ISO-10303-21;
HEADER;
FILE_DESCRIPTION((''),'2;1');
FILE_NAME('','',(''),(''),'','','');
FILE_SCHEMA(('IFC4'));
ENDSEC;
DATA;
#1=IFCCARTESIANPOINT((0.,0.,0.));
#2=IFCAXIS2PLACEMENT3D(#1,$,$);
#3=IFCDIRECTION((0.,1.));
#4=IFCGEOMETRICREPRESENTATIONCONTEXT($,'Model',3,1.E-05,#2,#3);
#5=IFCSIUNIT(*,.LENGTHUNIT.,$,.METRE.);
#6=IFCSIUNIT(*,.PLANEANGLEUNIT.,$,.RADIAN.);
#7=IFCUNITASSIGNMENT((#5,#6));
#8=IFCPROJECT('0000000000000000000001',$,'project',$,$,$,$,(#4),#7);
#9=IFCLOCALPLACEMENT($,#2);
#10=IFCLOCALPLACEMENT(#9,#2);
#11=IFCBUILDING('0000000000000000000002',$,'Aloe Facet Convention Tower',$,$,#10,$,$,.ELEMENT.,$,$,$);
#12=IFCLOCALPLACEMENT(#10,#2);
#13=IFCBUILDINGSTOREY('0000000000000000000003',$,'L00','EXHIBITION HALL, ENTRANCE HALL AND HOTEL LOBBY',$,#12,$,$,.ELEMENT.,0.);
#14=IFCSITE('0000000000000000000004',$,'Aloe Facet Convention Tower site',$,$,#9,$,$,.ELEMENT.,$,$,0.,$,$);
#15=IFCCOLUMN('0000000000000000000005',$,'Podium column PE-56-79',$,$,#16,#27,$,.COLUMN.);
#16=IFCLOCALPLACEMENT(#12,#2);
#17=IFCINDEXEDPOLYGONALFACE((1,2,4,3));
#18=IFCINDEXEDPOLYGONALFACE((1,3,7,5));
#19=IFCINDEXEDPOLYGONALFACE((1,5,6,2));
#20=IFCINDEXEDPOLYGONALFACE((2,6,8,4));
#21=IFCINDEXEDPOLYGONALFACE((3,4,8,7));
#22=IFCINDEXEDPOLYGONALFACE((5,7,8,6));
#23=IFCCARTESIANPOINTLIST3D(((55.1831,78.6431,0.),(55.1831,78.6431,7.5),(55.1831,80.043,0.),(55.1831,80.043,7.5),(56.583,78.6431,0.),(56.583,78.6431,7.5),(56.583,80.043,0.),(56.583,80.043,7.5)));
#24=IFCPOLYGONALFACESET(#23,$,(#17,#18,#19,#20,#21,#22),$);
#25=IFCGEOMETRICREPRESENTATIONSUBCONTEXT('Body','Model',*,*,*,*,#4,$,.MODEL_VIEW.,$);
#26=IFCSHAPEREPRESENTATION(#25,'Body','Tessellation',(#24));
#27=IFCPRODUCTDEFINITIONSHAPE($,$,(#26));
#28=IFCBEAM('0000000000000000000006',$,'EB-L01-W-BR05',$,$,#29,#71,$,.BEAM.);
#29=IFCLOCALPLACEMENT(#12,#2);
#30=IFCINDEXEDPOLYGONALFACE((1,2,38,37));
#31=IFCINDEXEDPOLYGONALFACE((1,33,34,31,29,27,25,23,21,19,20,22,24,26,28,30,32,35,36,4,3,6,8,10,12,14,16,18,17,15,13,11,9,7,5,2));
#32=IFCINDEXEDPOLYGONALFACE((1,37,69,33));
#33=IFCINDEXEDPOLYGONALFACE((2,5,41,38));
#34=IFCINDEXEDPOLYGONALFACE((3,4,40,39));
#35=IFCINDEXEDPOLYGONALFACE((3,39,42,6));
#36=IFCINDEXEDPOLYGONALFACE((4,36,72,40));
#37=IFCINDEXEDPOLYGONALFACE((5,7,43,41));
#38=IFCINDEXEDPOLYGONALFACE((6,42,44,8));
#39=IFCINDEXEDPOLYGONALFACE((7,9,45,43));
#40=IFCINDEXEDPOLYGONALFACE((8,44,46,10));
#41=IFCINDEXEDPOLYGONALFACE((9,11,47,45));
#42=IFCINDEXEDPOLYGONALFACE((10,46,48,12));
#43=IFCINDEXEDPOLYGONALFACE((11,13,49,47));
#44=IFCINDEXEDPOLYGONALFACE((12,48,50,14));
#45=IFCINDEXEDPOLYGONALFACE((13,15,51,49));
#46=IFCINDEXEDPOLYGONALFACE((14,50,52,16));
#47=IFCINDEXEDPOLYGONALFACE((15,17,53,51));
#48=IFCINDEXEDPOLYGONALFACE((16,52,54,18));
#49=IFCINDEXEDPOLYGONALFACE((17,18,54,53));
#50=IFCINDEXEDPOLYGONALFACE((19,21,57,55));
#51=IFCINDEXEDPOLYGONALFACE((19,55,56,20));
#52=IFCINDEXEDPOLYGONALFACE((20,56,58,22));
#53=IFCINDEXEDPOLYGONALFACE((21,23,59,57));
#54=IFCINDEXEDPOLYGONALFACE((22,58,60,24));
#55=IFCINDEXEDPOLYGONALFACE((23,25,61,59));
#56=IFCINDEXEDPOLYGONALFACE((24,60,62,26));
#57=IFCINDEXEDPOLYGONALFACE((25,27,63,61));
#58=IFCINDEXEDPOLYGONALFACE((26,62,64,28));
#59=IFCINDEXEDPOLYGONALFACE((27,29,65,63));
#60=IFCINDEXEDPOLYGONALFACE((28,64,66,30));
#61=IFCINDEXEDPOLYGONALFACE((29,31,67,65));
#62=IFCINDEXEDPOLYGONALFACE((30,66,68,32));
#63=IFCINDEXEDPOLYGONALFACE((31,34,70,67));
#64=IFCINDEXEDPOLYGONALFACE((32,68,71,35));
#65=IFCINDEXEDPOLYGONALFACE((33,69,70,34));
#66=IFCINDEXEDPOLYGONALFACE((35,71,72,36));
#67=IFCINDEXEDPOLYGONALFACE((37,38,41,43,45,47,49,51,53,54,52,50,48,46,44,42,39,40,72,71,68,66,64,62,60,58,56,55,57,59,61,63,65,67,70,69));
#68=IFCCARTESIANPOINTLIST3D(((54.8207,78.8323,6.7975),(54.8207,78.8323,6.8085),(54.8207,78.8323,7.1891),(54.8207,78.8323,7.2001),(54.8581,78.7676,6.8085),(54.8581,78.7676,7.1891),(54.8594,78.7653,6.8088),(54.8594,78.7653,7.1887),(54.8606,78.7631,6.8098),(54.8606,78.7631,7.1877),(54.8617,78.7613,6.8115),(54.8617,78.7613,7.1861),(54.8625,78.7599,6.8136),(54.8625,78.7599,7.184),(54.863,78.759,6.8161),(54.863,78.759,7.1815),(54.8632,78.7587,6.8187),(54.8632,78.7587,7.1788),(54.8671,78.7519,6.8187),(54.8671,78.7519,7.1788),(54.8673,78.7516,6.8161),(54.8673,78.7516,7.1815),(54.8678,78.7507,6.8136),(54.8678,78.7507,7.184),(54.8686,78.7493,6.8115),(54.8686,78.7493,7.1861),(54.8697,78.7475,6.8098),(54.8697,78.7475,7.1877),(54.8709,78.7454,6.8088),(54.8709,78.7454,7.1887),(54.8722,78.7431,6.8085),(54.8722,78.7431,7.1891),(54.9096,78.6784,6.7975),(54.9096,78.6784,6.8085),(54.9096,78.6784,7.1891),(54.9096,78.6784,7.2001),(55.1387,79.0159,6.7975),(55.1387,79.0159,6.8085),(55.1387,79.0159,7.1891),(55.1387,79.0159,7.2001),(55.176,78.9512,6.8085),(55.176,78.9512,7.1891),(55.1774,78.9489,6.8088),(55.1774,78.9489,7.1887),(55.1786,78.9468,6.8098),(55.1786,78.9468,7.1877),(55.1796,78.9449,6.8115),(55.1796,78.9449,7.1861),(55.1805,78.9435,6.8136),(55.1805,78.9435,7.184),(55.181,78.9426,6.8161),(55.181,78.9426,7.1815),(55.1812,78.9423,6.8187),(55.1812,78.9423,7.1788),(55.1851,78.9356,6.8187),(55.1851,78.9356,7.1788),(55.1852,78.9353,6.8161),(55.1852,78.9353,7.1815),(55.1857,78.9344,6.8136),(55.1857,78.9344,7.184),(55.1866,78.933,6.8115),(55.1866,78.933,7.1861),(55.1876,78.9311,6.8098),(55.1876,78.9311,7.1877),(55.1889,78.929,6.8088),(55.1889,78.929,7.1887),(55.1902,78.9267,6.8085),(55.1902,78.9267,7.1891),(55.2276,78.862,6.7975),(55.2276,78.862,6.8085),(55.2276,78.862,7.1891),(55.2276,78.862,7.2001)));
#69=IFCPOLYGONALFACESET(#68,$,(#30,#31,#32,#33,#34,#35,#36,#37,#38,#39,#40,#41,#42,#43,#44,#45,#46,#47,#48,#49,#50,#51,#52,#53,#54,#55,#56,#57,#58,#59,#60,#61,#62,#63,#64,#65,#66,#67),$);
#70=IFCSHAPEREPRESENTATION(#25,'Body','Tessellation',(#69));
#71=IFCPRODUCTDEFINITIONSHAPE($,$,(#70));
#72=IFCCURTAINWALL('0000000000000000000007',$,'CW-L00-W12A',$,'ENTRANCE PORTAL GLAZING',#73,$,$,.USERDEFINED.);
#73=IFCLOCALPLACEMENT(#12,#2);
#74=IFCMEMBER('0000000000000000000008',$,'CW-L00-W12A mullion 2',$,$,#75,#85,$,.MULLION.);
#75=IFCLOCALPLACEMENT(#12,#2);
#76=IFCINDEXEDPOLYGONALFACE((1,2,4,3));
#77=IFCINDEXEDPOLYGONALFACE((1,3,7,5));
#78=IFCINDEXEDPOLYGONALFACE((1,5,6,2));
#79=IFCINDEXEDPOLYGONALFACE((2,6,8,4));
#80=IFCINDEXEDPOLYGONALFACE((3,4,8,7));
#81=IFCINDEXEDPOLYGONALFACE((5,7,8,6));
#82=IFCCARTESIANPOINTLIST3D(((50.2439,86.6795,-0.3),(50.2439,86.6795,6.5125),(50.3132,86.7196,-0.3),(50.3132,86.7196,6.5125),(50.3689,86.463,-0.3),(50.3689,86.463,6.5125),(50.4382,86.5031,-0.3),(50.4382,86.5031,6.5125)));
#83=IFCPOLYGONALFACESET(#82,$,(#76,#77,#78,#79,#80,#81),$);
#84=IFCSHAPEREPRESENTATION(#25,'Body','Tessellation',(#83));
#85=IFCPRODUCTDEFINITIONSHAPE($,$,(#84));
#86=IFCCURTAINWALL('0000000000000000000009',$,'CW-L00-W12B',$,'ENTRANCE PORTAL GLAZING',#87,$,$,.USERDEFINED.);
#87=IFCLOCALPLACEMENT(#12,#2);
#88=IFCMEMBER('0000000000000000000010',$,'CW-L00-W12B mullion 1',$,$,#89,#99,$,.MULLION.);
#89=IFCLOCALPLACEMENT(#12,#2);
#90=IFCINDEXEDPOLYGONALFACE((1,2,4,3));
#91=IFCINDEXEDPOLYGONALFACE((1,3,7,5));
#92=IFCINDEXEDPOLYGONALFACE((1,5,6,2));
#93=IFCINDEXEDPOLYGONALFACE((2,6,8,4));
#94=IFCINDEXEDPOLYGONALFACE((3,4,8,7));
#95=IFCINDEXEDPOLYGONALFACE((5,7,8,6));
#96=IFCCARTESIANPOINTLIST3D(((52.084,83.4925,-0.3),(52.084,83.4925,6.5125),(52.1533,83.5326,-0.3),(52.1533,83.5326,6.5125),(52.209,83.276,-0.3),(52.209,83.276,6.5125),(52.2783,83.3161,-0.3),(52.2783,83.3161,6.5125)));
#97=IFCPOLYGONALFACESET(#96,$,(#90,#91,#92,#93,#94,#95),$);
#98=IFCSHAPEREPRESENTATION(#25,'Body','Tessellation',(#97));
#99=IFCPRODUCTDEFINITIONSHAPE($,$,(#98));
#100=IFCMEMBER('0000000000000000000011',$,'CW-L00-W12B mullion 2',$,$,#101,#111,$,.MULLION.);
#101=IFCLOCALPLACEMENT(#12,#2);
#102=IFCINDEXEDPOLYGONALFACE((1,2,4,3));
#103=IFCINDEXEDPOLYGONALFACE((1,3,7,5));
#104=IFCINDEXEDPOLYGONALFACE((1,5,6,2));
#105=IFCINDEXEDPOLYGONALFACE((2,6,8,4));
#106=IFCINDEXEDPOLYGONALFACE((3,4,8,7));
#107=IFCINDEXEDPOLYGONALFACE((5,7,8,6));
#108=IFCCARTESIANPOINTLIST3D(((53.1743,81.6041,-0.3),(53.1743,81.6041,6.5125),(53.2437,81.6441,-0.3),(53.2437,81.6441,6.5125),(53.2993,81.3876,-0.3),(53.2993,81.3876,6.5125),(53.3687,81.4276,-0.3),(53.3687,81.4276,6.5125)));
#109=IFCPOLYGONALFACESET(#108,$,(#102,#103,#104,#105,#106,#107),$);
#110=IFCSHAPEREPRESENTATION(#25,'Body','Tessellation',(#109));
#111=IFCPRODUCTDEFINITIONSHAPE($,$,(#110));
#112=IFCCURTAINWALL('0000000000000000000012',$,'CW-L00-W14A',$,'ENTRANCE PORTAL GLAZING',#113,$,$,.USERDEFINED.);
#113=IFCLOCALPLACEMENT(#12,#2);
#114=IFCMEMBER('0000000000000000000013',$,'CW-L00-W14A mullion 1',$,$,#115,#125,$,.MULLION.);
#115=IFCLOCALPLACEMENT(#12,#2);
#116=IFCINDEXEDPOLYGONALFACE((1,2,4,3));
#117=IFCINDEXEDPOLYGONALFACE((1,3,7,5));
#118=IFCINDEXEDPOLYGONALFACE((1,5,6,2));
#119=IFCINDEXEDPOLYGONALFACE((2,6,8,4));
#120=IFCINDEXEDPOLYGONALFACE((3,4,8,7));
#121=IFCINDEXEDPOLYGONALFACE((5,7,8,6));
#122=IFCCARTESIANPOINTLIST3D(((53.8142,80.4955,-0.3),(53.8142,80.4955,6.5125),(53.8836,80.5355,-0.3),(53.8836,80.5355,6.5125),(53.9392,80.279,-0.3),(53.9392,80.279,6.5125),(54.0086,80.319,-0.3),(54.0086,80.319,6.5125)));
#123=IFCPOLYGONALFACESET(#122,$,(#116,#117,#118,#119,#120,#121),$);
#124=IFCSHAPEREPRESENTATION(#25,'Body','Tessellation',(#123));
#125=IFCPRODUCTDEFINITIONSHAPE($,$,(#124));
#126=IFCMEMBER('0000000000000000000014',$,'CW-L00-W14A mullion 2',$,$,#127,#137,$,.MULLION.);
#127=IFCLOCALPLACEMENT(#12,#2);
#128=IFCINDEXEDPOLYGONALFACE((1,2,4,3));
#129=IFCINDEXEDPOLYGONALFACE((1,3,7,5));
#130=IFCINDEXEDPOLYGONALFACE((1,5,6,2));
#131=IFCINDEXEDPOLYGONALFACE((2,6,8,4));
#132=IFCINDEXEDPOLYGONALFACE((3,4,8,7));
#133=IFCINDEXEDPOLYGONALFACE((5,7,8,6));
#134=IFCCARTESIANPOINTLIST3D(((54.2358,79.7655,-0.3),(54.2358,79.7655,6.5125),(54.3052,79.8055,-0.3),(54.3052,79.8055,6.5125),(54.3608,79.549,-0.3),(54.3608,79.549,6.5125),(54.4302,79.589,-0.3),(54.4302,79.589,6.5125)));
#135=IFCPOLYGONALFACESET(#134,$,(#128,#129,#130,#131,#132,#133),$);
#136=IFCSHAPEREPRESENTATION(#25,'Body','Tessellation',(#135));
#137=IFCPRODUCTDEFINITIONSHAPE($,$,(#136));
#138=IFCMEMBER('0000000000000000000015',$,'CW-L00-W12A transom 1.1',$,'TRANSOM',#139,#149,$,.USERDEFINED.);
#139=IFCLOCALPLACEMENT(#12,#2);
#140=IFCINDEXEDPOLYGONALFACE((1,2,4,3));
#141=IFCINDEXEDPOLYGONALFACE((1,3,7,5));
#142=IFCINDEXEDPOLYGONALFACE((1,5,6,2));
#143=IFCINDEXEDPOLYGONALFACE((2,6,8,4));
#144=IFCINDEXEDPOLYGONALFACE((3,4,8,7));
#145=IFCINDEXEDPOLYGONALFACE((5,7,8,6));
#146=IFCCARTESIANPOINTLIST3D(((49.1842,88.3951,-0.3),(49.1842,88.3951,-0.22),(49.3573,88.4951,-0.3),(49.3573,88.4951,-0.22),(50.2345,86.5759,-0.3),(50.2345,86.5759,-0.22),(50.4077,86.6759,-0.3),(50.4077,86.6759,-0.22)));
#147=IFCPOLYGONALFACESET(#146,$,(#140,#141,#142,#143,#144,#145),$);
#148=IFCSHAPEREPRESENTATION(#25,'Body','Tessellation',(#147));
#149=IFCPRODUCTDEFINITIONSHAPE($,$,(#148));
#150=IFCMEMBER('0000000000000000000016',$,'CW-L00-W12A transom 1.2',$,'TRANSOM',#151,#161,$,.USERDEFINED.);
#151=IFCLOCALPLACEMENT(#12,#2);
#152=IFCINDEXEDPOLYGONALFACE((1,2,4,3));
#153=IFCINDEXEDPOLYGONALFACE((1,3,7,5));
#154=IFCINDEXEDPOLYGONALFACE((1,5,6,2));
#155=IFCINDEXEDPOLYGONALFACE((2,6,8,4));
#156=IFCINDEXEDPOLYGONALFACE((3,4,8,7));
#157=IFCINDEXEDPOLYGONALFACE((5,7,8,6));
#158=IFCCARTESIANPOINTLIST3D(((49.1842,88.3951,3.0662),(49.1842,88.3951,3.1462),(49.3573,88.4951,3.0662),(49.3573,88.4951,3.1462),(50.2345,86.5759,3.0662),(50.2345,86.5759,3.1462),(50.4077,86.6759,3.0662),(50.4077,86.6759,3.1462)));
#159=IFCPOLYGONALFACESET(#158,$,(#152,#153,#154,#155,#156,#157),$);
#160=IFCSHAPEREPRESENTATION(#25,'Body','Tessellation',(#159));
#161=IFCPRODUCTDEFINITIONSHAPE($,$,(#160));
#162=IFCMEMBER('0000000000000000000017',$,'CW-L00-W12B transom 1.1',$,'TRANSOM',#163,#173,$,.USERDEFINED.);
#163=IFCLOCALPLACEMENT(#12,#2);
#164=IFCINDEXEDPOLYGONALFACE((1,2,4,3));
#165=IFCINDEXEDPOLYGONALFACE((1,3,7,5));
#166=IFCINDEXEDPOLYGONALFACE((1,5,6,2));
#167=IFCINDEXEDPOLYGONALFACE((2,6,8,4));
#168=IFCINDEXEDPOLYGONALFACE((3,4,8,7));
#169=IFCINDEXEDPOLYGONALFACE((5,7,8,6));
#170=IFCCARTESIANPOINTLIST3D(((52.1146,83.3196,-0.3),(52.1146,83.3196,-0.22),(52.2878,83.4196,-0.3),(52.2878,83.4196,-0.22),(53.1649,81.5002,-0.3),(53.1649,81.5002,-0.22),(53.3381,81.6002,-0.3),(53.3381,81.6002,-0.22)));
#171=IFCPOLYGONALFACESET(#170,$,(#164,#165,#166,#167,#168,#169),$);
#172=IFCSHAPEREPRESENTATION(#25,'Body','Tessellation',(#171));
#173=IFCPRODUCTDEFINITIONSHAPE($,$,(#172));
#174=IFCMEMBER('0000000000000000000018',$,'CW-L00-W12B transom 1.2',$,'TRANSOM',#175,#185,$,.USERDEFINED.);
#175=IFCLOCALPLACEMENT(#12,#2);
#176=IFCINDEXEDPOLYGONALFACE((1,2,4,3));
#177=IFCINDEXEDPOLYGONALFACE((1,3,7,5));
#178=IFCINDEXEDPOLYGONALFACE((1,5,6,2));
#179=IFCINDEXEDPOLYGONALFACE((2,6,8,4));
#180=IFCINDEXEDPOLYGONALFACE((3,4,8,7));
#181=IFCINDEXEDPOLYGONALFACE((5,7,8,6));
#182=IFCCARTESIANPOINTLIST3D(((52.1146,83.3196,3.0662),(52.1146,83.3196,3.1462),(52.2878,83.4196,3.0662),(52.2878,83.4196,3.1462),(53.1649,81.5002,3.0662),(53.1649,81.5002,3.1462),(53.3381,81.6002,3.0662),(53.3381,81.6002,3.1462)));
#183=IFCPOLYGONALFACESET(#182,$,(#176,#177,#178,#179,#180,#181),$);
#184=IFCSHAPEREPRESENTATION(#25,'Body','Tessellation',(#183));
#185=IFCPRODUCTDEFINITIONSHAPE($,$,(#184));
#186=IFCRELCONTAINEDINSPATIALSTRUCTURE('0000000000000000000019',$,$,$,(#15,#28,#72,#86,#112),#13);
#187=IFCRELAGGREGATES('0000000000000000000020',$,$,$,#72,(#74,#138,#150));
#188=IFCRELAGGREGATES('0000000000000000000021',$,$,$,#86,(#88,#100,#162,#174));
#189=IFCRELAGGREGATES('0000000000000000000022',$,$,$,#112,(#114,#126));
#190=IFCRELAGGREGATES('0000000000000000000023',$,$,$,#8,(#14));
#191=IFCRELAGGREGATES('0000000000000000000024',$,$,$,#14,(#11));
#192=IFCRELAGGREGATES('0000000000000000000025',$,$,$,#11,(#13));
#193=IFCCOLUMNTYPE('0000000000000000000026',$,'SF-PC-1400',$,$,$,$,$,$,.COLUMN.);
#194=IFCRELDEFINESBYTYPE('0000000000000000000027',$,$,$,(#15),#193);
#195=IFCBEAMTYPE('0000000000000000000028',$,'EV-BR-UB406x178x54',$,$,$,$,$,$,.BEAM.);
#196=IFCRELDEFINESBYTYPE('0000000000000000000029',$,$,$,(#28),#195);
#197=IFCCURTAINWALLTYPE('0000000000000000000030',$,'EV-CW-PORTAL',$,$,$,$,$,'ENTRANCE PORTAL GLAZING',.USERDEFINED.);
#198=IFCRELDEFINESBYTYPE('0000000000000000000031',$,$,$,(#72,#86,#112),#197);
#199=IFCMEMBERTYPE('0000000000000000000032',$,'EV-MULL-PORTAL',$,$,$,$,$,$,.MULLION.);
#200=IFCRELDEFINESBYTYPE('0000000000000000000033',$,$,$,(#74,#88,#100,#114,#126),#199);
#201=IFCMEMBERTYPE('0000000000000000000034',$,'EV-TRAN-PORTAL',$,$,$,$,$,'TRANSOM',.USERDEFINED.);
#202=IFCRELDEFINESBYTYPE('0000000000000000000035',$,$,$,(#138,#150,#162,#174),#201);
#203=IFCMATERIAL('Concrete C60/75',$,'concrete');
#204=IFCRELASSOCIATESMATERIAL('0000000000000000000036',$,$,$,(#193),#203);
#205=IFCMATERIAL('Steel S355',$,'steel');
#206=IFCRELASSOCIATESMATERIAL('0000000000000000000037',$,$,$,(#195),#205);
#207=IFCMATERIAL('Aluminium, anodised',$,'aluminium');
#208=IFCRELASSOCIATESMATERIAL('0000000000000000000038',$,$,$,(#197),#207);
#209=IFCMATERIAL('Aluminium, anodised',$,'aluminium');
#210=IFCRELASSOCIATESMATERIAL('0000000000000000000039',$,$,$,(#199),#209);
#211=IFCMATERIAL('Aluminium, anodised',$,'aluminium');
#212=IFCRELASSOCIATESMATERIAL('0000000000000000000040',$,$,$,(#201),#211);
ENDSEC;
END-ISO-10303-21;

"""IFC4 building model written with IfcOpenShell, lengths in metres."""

from ifc_helpers import new_model, si_unit, direction, frame, origin, origin_2d, place, context, subcontext, project, spatial, rectangle, i_section, extrude, material, material_profile, profile_set, type_object, element, aggregate, save


model = new_model("IFC4")

# Units and contexts
model_context = context("Model", 3, precision=1e-05, world=origin(), true_north=direction((0.0, 1.0)))
body_context = subcontext(model_context, "Body", "Model", "MODEL_VIEW")
ifc_project = project(units=[si_unit("LENGTHUNIT", "METRE"), si_unit("PLANEANGLEUNIT", "RADIAN")], contexts=[model_context])

# Site, building, storey
site_placement = place(None, origin())
site = spatial("IfcSite", under=ifc_project, at=site_placement, Name="Aloe Facet Convention Tower site", CompositionType="ELEMENT", RefElevation=0.0)
building_placement = place(site_placement, origin())
building = spatial("IfcBuilding", under=site, at=building_placement, Name="Aloe Facet Convention Tower", CompositionType="ELEMENT")
storey_placement = place(building_placement, origin())
storey = spatial("IfcBuildingStorey", under=building, at=storey_placement, Name="L00", Description="EXHIBITION HALL, ENTRANCE HALL AND HOTEL LOBBY", CompositionType="ELEMENT", Elevation=0.0)

# Column
ifc_material_1 = material(Name="Concrete C60/75", Category="concrete")
ifc_material_profile_1 = material_profile(ifc_material_1, rectangle(XDim=1.3999, YDim=1.3999, at=origin_2d()), Name="SF-PC-1400")
ifc_profile_set_1 = profile_set([ifc_material_profile_1], Name="Concrete C60/75")
column_type = type_object("IfcColumnType", Name="SF-PC-1400", PredefinedType="COLUMN", material=ifc_profile_set_1)
column_placement = place(storey_placement, frame((55.8831, 79.343, 0.0), z_axis=(0.0, 0.0, 1.0), x_axis=(1.0, 0.0, 0.0)))
element("IfcColumn", 1, at=column_placement, inside=storey, type_object=column_type, Name="Podium column PE-56-79", PredefinedType="COLUMN", context=body_context, shape_type="SweptSolid", body=[
    extrude(rectangle(XDim=1.3999, YDim=1.3999, at=origin_2d()), origin(), (0.0, 0.0, 1.0), 7.5),
])

# Beam
ifc_material_2 = material(Name="Steel S355", Category="steel")
ifc_material_profile_2 = material_profile(ifc_material_2, i_section(OverallWidth=0.1777, OverallDepth=0.4026, WebThickness=0.0078, FlangeThickness=0.011, FilletRadius=0.0103, at=origin_2d()), Name="UB 406x178x54")
ifc_profile_set_2 = profile_set([ifc_material_profile_2], Name="Steel S355")
beam_type_1 = type_object("IfcBeamType", Name="EV-BR-UB406x178x54", PredefinedType="BEAM", material=ifc_profile_set_2)
beam_1_placement = place(storey_placement, frame((55.1831, 78.939, 6.9988), z_axis=(-0.865942, -0.500145, 0.0), x_axis=(0.500145, -0.865942, 0.0)))
element("IfcBeam", 2, at=beam_1_placement, inside=storey, type_object=beam_type_1, Name="EB-L01-W-BR05", PredefinedType="BEAM", context=body_context, shape_type="SweptSolid", body=[
    extrude(i_section(OverallWidth=0.1777, OverallDepth=0.4026, WebThickness=0.0078, FlangeThickness=0.011, FilletRadius=0.0103, at=origin_2d()), origin(), (0.0, 0.0, 1.0), 0.3672),
])

# Curtain wall, member
ifc_material_3 = material(Name="Aluminium, anodised", Category="aluminium")
curtain_wall_type = type_object("IfcCurtainWallType", Name="EV-CW-PORTAL", ElementType="ENTRANCE PORTAL GLAZING", PredefinedType="USERDEFINED", material=ifc_material_3)
curtain_wall_1_placement = place(storey_placement, origin())
curtain_wall_1 = element("IfcCurtainWall", 3, at=curtain_wall_1_placement, inside=storey, type_object=curtain_wall_type, Name="CW-L00-W12A", ObjectType="ENTRANCE PORTAL GLAZING", PredefinedType="USERDEFINED")
ifc_material_4 = material(Name="Aluminium, anodised", Category="aluminium")
ifc_material_profile_3 = material_profile(ifc_material_4, rectangle(XDim=0.0801, YDim=0.25, at=origin_2d()), Name="AL 80x250")
ifc_profile_set_3 = profile_set([ifc_material_profile_3], Name="Aluminium, anodised")
member_type_1 = type_object("IfcMemberType", Name="EV-MULL-PORTAL", PredefinedType="MULLION", material=ifc_profile_set_3)
member_1_placement = place(storey_placement, frame((50.3411, 86.5913, -0.3), z_axis=(0.0, 0.0, 1.0), x_axis=(0.866025, 0.5, 0.0)))
member_1 = element("IfcMember", 4, at=member_1_placement, type_object=member_type_1, Name="CW-L00-W12A mullion 2", PredefinedType="MULLION", context=body_context, shape_type="SweptSolid", body=[
    extrude(rectangle(XDim=0.0801, YDim=0.25, at=origin_2d()), origin(), (0.0, 0.0, 1.0), 6.8125),
])

# Curtain walls, members
curtain_wall_2_placement = place(storey_placement, origin())
curtain_wall_2 = element("IfcCurtainWall", 5, at=curtain_wall_2_placement, inside=storey, type_object=curtain_wall_type, Name="CW-L00-W12B", ObjectType="ENTRANCE PORTAL GLAZING", PredefinedType="USERDEFINED")
member_2_placement = place(storey_placement, frame((52.1812, 83.4043, -0.3), z_axis=(0.0, 0.0, 1.0), x_axis=(0.866025, 0.5, 0.0)))
member_2 = element("IfcMember", 6, at=member_2_placement, type_object=member_type_1, Name="CW-L00-W12B mullion 1", PredefinedType="MULLION", context=body_context, shape_type="SweptSolid", body=[
    extrude(rectangle(XDim=0.0801, YDim=0.25, at=origin_2d()), origin(), (0.0, 0.0, 1.0), 6.8125),
])
member_3_placement = place(storey_placement, frame((53.2715, 81.5159, -0.3), z_axis=(0.0, 0.0, 1.0), x_axis=(0.866025, 0.5, 0.0)))
member_3 = element("IfcMember", 7, at=member_3_placement, type_object=member_type_1, Name="CW-L00-W12B mullion 2", PredefinedType="MULLION", context=body_context, shape_type="SweptSolid", body=[
    extrude(rectangle(XDim=0.0801, YDim=0.25, at=origin_2d()), origin(), (0.0, 0.0, 1.0), 6.8125),
])
curtain_wall_3_placement = place(storey_placement, origin())
curtain_wall_3 = element("IfcCurtainWall", 8, at=curtain_wall_3_placement, inside=storey, type_object=curtain_wall_type, Name="CW-L00-W14A", ObjectType="ENTRANCE PORTAL GLAZING", PredefinedType="USERDEFINED")
member_4_placement = place(storey_placement, frame((53.9114, 80.4072, -0.3), z_axis=(0.0, 0.0, 1.0), x_axis=(0.866025, 0.5, 0.0)))
member_4 = element("IfcMember", 9, at=member_4_placement, type_object=member_type_1, Name="CW-L00-W14A mullion 1", PredefinedType="MULLION", context=body_context, shape_type="SweptSolid", body=[
    extrude(rectangle(XDim=0.0801, YDim=0.25, at=origin_2d()), origin(), (0.0, 0.0, 1.0), 6.8125),
])
member_5_placement = place(storey_placement, frame((54.333, 79.6772, -0.3), z_axis=(0.0, 0.0, 1.0), x_axis=(0.866025, 0.5, 0.0)))
member_5 = element("IfcMember", 10, at=member_5_placement, type_object=member_type_1, Name="CW-L00-W14A mullion 2", PredefinedType="MULLION", context=body_context, shape_type="SweptSolid", body=[
    extrude(rectangle(XDim=0.0801, YDim=0.25, at=origin_2d()), origin(), (0.0, 0.0, 1.0), 6.8125),
])

# Members
ifc_material_5 = material(Name="Aluminium, anodised", Category="aluminium")
ifc_material_profile_4 = material_profile(ifc_material_5, rectangle(XDim=0.2, YDim=0.0801, at=origin_2d()), Name="AL 200x80")
ifc_profile_set_4 = profile_set([ifc_material_profile_4], Name="Aluminium, anodised")
member_type_2 = type_object("IfcMemberType", Name="EV-TRAN-PORTAL", ElementType="TRANSOM", PredefinedType="USERDEFINED", material=ifc_profile_set_4)
member_6_placement = place(storey_placement, frame((49.2708, 88.4451, -0.26), z_axis=(0.500014, -0.866017, 0.0), x_axis=(0.866017, 0.500014, 0.0)))
member_6 = element("IfcMember", 11, at=member_6_placement, type_object=member_type_2, Name="CW-L00-W12A transom 1.1", ObjectType="TRANSOM", PredefinedType="USERDEFINED", context=body_context, shape_type="SweptSolid", body=[
    extrude(rectangle(XDim=0.2, YDim=0.0801, at=origin_2d()), origin(), (0.0, 0.0, 1.0), 2.1006),
])
member_7_placement = place(storey_placement, frame((49.2708, 88.4451, 3.1062), z_axis=(0.500014, -0.866017, 0.0), x_axis=(0.866017, 0.500014, 0.0)))
member_7 = element("IfcMember", 12, at=member_7_placement, type_object=member_type_2, Name="CW-L00-W12A transom 1.2", ObjectType="TRANSOM", PredefinedType="USERDEFINED", context=body_context, shape_type="SweptSolid", body=[
    extrude(rectangle(XDim=0.2, YDim=0.0801, at=origin_2d()), origin(), (0.0, 0.0, 1.0), 2.1006),
])
member_8_placement = place(storey_placement, frame((52.2012, 83.3696, -0.26), z_axis=(0.499964, -0.866046, 0.0), x_axis=(0.866046, 0.499964, 0.0)))
member_8 = element("IfcMember", 13, at=member_8_placement, type_object=member_type_2, Name="CW-L00-W12B transom 1.1", ObjectType="TRANSOM", PredefinedType="USERDEFINED", context=body_context, shape_type="SweptSolid", body=[
    extrude(rectangle(XDim=0.2, YDim=0.0801, at=origin_2d()), origin(), (0.0, 0.0, 1.0), 2.1008),
])
member_9_placement = place(storey_placement, frame((52.2012, 83.3696, 3.1062), z_axis=(0.499964, -0.866046, 0.0), x_axis=(0.866046, 0.499964, 0.0)))
member_9 = element("IfcMember", 14, at=member_9_placement, type_object=member_type_2, Name="CW-L00-W12B transom 1.2", ObjectType="TRANSOM", PredefinedType="USERDEFINED", context=body_context, shape_type="SweptSolid", body=[
    extrude(rectangle(XDim=0.2, YDim=0.0801, at=origin_2d()), origin(), (0.0, 0.0, 1.0), 2.1008),
])

aggregate(curtain_wall_1, [member_1, member_6, member_7])
aggregate(curtain_wall_2, [member_2, member_3, member_8, member_9])
aggregate(curtain_wall_3, [member_4, member_5])

save(model, "model.ifc")
